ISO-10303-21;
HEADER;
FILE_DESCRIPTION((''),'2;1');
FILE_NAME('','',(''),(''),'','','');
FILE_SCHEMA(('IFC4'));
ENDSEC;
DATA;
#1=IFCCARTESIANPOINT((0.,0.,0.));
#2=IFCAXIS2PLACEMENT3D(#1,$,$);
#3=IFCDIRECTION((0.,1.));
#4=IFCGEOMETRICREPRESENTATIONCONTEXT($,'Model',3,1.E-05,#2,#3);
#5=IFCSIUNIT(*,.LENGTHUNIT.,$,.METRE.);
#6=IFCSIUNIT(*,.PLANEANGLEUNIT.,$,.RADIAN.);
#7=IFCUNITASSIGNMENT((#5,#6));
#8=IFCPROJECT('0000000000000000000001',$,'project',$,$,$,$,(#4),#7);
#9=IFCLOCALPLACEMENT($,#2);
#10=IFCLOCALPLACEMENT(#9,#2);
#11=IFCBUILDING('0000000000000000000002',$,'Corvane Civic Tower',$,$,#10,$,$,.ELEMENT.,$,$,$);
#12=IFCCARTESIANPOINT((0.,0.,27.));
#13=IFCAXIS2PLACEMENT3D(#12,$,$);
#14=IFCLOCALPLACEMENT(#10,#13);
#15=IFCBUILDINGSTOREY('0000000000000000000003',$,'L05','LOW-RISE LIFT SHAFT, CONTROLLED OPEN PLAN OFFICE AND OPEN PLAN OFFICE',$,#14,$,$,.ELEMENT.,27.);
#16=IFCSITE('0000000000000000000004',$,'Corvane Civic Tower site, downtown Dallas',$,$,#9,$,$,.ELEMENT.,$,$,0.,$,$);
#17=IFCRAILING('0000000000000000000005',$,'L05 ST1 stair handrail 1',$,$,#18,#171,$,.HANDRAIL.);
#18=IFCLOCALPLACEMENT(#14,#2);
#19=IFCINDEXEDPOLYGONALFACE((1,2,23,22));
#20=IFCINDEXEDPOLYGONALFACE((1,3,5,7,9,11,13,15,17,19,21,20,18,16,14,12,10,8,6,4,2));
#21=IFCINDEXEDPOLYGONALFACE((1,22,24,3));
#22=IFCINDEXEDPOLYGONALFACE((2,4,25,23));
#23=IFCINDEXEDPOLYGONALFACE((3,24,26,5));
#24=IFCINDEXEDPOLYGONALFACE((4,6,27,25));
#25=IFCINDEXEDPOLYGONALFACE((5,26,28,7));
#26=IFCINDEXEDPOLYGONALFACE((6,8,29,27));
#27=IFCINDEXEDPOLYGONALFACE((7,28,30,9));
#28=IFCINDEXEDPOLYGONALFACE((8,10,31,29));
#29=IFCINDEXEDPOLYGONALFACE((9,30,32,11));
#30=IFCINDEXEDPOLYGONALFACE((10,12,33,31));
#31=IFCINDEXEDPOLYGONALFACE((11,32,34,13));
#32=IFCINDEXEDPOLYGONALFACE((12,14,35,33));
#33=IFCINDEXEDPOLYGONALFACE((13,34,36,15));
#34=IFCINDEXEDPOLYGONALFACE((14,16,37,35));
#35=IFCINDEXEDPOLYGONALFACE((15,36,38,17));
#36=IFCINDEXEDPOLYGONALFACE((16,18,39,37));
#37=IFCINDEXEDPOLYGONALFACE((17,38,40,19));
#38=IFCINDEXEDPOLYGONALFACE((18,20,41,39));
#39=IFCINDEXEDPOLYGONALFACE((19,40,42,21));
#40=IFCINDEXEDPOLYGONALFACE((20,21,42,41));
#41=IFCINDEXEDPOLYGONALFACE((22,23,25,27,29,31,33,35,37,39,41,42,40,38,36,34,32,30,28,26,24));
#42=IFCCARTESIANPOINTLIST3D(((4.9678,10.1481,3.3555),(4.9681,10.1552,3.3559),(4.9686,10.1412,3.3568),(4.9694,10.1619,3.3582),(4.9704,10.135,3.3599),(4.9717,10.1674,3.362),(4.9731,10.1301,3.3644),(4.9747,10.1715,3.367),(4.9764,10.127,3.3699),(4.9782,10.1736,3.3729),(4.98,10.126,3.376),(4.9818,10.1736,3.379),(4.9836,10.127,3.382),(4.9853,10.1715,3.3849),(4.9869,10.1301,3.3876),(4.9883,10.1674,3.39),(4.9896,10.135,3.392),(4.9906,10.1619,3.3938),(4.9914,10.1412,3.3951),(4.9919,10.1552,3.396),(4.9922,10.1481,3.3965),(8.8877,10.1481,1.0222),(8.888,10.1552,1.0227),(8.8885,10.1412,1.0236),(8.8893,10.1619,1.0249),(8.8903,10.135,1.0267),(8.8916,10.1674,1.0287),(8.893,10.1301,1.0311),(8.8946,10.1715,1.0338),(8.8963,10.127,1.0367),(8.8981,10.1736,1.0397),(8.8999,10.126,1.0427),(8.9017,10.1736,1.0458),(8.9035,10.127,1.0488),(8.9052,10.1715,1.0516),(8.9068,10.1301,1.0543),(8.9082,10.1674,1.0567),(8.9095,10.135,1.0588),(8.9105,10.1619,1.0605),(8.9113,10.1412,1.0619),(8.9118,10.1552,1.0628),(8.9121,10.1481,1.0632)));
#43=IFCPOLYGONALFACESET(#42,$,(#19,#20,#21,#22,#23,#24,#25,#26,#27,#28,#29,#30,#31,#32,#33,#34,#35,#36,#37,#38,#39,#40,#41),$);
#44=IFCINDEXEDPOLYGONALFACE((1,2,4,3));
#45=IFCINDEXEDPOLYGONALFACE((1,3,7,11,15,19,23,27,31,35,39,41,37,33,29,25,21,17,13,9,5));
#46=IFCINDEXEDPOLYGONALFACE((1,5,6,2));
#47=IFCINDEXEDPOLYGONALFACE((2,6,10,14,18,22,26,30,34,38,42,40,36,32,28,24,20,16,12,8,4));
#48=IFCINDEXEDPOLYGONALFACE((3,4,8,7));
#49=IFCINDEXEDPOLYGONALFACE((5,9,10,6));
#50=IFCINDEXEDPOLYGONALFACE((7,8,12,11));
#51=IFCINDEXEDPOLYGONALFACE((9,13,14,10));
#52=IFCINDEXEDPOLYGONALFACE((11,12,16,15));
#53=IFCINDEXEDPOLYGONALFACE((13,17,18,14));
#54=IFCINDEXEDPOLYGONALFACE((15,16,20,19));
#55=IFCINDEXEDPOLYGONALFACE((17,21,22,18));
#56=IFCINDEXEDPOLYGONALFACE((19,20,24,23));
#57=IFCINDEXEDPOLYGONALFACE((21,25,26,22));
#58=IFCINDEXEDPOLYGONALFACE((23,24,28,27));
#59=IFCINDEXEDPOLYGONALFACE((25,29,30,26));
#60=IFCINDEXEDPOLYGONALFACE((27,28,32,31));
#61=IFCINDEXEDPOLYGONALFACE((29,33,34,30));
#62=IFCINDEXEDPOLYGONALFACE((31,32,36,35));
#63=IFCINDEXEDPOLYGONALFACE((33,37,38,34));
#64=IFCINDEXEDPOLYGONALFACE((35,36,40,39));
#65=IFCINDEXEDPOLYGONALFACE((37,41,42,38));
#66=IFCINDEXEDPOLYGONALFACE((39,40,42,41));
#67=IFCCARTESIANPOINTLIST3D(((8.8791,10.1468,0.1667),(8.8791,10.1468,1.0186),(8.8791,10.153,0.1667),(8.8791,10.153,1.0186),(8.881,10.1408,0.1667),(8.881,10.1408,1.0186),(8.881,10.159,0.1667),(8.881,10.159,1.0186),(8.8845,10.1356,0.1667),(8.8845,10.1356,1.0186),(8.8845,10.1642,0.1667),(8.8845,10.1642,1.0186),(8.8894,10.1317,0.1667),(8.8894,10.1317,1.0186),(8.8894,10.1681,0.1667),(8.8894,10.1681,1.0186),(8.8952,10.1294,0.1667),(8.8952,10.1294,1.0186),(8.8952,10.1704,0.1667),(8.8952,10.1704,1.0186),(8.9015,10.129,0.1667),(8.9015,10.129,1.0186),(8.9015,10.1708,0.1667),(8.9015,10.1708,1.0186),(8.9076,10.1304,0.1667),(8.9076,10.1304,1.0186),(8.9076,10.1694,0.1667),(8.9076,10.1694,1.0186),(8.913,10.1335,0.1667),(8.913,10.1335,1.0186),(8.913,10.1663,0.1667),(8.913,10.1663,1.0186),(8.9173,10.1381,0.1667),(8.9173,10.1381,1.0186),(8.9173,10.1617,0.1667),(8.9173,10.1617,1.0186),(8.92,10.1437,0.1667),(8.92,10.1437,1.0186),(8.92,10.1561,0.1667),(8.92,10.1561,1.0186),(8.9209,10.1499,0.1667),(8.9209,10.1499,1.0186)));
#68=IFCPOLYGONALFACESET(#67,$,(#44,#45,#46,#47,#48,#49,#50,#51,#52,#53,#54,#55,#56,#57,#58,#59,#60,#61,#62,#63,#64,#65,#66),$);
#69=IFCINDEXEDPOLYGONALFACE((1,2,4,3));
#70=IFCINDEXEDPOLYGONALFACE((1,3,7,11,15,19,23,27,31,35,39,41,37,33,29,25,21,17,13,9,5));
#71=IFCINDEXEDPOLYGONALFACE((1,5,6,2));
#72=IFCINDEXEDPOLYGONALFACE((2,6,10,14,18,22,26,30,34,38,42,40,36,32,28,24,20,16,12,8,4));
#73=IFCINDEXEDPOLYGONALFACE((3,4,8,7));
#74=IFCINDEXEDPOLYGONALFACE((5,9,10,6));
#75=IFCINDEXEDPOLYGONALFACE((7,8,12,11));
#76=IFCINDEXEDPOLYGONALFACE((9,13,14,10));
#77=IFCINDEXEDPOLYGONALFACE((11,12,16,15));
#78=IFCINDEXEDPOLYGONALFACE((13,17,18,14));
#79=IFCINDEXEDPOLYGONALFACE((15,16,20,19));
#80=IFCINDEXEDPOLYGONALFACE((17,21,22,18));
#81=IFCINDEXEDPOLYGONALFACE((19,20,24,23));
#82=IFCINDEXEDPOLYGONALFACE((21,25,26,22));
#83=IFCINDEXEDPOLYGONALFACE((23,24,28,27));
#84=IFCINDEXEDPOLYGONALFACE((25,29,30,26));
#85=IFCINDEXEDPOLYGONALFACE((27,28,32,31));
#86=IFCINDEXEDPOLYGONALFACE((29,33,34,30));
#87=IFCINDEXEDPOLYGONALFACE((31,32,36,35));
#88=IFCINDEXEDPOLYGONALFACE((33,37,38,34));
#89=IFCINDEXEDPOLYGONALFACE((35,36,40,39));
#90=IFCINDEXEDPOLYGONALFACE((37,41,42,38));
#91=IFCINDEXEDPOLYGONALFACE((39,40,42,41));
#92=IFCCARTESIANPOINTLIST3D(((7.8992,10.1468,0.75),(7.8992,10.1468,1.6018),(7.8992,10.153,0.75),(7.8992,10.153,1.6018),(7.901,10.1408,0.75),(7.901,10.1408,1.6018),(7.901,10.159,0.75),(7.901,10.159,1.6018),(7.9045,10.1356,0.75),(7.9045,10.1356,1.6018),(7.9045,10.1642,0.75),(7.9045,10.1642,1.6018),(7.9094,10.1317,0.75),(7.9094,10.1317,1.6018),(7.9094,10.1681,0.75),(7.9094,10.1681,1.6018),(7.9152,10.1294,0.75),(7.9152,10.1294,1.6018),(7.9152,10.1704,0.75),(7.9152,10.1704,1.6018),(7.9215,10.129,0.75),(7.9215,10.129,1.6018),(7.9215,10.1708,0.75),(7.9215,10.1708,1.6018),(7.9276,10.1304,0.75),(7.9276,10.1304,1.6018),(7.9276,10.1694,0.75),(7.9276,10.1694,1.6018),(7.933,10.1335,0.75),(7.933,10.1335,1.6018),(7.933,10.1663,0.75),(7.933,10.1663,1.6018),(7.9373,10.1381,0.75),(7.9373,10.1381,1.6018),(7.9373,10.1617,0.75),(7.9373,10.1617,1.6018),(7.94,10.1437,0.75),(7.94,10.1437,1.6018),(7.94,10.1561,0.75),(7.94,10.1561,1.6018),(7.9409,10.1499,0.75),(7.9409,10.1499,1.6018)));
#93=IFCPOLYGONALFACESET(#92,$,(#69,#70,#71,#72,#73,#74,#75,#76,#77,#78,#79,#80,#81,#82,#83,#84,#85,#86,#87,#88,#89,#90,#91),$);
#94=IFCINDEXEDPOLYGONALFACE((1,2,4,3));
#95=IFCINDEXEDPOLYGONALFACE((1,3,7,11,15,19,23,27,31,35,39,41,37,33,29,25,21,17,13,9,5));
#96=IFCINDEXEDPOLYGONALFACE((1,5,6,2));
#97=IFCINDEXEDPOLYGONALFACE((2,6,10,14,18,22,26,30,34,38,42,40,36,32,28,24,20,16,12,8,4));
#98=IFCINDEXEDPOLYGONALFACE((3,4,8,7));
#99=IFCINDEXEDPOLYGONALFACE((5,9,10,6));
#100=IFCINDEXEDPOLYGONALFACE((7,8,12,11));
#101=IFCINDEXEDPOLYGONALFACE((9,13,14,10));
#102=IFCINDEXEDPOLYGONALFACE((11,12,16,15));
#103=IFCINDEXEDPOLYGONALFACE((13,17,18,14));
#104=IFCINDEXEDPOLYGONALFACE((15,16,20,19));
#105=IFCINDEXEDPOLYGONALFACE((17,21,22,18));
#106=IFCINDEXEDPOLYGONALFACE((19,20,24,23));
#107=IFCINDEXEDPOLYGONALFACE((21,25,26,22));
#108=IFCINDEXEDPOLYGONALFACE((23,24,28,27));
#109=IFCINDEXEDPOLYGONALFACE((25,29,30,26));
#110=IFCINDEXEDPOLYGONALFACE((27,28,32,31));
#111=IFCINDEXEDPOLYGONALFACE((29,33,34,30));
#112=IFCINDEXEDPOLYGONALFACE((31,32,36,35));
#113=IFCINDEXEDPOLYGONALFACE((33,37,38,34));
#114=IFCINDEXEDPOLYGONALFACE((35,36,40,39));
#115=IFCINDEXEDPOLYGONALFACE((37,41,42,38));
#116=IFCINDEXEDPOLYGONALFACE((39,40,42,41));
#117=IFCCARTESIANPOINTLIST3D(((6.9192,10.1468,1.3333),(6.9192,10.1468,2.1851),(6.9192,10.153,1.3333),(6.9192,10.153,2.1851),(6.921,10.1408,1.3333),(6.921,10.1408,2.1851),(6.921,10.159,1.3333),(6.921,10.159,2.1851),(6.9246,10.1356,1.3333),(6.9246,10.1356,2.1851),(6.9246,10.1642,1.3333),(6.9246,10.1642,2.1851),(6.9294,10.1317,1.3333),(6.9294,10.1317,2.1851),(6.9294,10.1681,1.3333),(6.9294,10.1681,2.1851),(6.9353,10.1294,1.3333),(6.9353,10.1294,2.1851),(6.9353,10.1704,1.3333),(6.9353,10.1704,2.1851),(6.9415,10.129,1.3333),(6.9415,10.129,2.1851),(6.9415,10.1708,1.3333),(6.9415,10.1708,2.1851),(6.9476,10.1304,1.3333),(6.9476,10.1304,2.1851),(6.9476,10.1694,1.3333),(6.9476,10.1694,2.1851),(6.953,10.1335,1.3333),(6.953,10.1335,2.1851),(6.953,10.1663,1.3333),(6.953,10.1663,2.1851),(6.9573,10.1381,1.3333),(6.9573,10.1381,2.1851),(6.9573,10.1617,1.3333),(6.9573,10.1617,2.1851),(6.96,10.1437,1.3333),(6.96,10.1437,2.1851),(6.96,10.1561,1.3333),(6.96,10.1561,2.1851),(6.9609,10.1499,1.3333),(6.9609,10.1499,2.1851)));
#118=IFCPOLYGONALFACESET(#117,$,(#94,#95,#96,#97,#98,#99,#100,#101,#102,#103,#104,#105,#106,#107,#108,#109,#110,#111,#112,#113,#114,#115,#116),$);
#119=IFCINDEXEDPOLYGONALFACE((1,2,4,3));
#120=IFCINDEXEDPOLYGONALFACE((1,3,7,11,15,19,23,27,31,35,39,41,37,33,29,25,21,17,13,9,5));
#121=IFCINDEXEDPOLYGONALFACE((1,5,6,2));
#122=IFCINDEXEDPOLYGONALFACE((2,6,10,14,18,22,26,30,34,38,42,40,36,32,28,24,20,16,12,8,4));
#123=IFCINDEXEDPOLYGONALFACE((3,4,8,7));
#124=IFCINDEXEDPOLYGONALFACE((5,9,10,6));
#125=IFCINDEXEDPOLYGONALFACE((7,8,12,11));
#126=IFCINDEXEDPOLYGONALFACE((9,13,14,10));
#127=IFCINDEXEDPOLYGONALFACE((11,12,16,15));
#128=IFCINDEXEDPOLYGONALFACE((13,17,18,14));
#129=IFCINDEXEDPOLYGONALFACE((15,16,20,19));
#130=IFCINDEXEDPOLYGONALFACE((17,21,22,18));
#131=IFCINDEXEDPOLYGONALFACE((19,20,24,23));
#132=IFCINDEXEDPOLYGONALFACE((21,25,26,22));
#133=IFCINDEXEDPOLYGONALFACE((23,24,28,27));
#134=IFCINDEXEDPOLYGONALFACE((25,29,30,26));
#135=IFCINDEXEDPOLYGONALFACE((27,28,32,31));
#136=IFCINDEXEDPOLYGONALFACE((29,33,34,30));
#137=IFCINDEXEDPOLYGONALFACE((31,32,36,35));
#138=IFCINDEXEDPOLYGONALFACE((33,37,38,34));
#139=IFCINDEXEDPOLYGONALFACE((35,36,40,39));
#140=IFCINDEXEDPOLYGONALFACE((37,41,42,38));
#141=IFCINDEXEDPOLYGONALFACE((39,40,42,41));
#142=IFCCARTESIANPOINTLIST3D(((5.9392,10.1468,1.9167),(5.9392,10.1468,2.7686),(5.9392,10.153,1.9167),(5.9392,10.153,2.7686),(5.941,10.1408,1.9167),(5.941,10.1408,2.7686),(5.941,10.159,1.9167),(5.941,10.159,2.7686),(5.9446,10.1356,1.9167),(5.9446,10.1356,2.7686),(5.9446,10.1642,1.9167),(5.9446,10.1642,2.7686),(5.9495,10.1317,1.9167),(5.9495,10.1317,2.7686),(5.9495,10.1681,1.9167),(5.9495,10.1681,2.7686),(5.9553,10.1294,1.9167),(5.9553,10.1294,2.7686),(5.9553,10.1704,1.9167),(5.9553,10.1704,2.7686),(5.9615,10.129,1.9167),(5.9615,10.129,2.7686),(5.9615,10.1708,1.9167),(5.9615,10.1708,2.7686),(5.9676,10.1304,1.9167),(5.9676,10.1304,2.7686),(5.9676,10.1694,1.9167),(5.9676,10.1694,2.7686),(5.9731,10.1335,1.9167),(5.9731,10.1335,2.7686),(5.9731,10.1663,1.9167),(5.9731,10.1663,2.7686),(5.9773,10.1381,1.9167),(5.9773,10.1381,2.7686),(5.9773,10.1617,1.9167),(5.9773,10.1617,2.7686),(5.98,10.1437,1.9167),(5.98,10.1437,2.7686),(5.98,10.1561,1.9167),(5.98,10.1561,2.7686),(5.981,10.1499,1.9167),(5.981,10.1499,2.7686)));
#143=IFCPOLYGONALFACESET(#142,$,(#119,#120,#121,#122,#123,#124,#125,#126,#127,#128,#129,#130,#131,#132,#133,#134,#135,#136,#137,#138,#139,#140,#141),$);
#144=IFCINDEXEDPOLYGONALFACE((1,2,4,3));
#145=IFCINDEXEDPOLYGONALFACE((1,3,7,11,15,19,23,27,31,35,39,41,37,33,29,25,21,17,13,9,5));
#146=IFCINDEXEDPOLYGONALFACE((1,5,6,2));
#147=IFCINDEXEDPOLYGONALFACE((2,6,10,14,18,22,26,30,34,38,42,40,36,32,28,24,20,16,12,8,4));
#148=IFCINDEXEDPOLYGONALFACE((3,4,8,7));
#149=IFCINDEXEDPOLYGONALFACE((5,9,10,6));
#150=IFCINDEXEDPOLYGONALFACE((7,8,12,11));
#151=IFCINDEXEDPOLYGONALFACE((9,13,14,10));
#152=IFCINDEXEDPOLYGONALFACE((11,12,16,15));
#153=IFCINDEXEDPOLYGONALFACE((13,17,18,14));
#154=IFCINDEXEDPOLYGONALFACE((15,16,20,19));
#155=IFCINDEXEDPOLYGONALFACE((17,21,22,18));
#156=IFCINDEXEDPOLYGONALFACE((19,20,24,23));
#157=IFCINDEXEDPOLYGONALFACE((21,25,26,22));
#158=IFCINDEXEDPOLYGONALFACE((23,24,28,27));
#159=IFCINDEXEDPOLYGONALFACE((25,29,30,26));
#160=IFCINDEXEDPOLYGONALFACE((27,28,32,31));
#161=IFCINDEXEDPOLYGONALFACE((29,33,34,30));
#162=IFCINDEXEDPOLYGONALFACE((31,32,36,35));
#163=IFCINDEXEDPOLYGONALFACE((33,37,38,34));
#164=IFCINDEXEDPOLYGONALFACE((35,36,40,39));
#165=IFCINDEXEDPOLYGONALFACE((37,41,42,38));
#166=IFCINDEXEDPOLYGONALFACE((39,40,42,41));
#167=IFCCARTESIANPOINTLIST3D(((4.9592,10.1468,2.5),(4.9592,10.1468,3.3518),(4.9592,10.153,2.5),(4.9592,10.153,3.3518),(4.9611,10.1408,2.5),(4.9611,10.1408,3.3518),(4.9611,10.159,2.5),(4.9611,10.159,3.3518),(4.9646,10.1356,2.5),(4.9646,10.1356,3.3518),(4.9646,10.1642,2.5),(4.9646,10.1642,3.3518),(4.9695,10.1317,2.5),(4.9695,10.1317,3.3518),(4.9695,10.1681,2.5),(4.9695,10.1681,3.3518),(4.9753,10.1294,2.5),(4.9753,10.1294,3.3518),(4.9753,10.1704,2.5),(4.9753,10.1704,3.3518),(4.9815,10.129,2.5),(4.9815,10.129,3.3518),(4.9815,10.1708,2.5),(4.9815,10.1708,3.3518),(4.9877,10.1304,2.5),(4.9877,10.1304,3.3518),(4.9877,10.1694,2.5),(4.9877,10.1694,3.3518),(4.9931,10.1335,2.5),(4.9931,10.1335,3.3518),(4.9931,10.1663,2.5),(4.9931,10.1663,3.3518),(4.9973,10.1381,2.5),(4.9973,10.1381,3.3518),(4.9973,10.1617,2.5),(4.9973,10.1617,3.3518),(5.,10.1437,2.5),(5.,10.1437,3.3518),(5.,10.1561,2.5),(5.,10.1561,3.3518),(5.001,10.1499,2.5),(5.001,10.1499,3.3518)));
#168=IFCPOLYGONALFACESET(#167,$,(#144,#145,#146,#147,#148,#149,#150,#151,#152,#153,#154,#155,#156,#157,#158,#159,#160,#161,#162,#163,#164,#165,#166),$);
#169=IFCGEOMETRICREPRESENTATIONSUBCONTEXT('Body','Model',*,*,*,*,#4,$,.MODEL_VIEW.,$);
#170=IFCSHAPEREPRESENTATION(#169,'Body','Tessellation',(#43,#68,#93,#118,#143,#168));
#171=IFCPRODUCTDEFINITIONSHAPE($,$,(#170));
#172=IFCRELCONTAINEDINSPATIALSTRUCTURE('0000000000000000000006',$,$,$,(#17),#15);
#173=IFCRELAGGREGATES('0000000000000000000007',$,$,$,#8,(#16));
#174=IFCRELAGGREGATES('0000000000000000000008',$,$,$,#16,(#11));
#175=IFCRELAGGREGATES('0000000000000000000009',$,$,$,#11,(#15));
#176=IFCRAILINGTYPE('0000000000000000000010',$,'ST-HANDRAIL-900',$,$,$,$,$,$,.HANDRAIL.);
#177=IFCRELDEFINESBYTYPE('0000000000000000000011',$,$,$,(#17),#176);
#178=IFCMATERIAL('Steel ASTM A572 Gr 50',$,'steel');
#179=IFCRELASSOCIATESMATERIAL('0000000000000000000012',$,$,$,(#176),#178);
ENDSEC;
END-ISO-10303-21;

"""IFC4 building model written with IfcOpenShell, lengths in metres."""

from ifc_helpers import new_model, si_unit, direction, frame, origin, origin_2d, place, context, subcontext, project, spatial, circle, extrude, material, type_object, element, save


model = new_model("IFC4")

# Units and contexts
model_context = context("Model", 3, precision=1e-05, world=origin(), true_north=direction((0.0, 1.0)))
body_context = subcontext(model_context, "Body", "Model", "MODEL_VIEW")
ifc_project = project(units=[si_unit("LENGTHUNIT", "METRE"), si_unit("PLANEANGLEUNIT", "RADIAN")], contexts=[model_context])

# Site, building, storey
site_placement = place(None, origin())
site = spatial("IfcSite", under=ifc_project, at=site_placement, Name="Corvane Civic Tower site, downtown Dallas", CompositionType="ELEMENT", RefElevation=0.0)
building_placement = place(site_placement, origin())
building = spatial("IfcBuilding", under=site, at=building_placement, Name="Corvane Civic Tower", CompositionType="ELEMENT")
storey_placement = place(building_placement, frame((0.0, 0.0, 27.0)))
storey = spatial("IfcBuildingStorey", under=building, at=storey_placement, Name="L05", Description="LOW-RISE LIFT SHAFT, CONTROLLED OPEN PLAN OFFICE AND OPEN PLAN OFFICE", CompositionType="ELEMENT", Elevation=27.0)

# Railing
ifc_material_1 = material(Name="Steel ASTM A572 Gr 50", Category="steel")
railing_type_1 = type_object("IfcRailingType", Name="ST-HANDRAIL-900", PredefinedType="HANDRAIL", material=ifc_material_1)
railing_1_placement = place(storey_placement, frame((8.8999, 10.1499, 0.1667)))
element("IfcRailing", 1, at=railing_1_placement, inside=storey, type_object=railing_type_1, Name="L05 ST1 stair handrail 1", PredefinedType="HANDRAIL", context=body_context, shape_type="SweptSolid", body=[
    extrude(circle(Radius=0.0239, at=origin_2d()), frame((0.0, 0.0, 0.876), z_axis=(-0.859296, 0.0, 0.511478), x_axis=(0.0, -1.0, 0.0)), (0.0, 0.0, 1.0), 4.5618),
    extrude(circle(Radius=0.021, at=origin_2d()), origin(), (0.0, 0.0, 1.0), 0.8518),
    extrude(circle(Radius=0.021, at=origin_2d()), frame((-0.98, 0.0, 0.5833)), (0.0, 0.0, 1.0), 0.8518),
    extrude(circle(Radius=0.021, at=origin_2d()), frame((-1.96, 0.0, 1.1665)), (0.0, 0.0, 1.0), 0.8518),
    extrude(circle(Radius=0.021, at=origin_2d()), frame((-2.9399, 0.0, 1.75)), (0.0, 0.0, 1.0), 0.8518),
    extrude(circle(Radius=0.021, at=origin_2d()), frame((-3.9199, 0.0, 2.3333)), (0.0, 0.0, 1.0), 0.8518),
])

save(model, "model.ifc")
